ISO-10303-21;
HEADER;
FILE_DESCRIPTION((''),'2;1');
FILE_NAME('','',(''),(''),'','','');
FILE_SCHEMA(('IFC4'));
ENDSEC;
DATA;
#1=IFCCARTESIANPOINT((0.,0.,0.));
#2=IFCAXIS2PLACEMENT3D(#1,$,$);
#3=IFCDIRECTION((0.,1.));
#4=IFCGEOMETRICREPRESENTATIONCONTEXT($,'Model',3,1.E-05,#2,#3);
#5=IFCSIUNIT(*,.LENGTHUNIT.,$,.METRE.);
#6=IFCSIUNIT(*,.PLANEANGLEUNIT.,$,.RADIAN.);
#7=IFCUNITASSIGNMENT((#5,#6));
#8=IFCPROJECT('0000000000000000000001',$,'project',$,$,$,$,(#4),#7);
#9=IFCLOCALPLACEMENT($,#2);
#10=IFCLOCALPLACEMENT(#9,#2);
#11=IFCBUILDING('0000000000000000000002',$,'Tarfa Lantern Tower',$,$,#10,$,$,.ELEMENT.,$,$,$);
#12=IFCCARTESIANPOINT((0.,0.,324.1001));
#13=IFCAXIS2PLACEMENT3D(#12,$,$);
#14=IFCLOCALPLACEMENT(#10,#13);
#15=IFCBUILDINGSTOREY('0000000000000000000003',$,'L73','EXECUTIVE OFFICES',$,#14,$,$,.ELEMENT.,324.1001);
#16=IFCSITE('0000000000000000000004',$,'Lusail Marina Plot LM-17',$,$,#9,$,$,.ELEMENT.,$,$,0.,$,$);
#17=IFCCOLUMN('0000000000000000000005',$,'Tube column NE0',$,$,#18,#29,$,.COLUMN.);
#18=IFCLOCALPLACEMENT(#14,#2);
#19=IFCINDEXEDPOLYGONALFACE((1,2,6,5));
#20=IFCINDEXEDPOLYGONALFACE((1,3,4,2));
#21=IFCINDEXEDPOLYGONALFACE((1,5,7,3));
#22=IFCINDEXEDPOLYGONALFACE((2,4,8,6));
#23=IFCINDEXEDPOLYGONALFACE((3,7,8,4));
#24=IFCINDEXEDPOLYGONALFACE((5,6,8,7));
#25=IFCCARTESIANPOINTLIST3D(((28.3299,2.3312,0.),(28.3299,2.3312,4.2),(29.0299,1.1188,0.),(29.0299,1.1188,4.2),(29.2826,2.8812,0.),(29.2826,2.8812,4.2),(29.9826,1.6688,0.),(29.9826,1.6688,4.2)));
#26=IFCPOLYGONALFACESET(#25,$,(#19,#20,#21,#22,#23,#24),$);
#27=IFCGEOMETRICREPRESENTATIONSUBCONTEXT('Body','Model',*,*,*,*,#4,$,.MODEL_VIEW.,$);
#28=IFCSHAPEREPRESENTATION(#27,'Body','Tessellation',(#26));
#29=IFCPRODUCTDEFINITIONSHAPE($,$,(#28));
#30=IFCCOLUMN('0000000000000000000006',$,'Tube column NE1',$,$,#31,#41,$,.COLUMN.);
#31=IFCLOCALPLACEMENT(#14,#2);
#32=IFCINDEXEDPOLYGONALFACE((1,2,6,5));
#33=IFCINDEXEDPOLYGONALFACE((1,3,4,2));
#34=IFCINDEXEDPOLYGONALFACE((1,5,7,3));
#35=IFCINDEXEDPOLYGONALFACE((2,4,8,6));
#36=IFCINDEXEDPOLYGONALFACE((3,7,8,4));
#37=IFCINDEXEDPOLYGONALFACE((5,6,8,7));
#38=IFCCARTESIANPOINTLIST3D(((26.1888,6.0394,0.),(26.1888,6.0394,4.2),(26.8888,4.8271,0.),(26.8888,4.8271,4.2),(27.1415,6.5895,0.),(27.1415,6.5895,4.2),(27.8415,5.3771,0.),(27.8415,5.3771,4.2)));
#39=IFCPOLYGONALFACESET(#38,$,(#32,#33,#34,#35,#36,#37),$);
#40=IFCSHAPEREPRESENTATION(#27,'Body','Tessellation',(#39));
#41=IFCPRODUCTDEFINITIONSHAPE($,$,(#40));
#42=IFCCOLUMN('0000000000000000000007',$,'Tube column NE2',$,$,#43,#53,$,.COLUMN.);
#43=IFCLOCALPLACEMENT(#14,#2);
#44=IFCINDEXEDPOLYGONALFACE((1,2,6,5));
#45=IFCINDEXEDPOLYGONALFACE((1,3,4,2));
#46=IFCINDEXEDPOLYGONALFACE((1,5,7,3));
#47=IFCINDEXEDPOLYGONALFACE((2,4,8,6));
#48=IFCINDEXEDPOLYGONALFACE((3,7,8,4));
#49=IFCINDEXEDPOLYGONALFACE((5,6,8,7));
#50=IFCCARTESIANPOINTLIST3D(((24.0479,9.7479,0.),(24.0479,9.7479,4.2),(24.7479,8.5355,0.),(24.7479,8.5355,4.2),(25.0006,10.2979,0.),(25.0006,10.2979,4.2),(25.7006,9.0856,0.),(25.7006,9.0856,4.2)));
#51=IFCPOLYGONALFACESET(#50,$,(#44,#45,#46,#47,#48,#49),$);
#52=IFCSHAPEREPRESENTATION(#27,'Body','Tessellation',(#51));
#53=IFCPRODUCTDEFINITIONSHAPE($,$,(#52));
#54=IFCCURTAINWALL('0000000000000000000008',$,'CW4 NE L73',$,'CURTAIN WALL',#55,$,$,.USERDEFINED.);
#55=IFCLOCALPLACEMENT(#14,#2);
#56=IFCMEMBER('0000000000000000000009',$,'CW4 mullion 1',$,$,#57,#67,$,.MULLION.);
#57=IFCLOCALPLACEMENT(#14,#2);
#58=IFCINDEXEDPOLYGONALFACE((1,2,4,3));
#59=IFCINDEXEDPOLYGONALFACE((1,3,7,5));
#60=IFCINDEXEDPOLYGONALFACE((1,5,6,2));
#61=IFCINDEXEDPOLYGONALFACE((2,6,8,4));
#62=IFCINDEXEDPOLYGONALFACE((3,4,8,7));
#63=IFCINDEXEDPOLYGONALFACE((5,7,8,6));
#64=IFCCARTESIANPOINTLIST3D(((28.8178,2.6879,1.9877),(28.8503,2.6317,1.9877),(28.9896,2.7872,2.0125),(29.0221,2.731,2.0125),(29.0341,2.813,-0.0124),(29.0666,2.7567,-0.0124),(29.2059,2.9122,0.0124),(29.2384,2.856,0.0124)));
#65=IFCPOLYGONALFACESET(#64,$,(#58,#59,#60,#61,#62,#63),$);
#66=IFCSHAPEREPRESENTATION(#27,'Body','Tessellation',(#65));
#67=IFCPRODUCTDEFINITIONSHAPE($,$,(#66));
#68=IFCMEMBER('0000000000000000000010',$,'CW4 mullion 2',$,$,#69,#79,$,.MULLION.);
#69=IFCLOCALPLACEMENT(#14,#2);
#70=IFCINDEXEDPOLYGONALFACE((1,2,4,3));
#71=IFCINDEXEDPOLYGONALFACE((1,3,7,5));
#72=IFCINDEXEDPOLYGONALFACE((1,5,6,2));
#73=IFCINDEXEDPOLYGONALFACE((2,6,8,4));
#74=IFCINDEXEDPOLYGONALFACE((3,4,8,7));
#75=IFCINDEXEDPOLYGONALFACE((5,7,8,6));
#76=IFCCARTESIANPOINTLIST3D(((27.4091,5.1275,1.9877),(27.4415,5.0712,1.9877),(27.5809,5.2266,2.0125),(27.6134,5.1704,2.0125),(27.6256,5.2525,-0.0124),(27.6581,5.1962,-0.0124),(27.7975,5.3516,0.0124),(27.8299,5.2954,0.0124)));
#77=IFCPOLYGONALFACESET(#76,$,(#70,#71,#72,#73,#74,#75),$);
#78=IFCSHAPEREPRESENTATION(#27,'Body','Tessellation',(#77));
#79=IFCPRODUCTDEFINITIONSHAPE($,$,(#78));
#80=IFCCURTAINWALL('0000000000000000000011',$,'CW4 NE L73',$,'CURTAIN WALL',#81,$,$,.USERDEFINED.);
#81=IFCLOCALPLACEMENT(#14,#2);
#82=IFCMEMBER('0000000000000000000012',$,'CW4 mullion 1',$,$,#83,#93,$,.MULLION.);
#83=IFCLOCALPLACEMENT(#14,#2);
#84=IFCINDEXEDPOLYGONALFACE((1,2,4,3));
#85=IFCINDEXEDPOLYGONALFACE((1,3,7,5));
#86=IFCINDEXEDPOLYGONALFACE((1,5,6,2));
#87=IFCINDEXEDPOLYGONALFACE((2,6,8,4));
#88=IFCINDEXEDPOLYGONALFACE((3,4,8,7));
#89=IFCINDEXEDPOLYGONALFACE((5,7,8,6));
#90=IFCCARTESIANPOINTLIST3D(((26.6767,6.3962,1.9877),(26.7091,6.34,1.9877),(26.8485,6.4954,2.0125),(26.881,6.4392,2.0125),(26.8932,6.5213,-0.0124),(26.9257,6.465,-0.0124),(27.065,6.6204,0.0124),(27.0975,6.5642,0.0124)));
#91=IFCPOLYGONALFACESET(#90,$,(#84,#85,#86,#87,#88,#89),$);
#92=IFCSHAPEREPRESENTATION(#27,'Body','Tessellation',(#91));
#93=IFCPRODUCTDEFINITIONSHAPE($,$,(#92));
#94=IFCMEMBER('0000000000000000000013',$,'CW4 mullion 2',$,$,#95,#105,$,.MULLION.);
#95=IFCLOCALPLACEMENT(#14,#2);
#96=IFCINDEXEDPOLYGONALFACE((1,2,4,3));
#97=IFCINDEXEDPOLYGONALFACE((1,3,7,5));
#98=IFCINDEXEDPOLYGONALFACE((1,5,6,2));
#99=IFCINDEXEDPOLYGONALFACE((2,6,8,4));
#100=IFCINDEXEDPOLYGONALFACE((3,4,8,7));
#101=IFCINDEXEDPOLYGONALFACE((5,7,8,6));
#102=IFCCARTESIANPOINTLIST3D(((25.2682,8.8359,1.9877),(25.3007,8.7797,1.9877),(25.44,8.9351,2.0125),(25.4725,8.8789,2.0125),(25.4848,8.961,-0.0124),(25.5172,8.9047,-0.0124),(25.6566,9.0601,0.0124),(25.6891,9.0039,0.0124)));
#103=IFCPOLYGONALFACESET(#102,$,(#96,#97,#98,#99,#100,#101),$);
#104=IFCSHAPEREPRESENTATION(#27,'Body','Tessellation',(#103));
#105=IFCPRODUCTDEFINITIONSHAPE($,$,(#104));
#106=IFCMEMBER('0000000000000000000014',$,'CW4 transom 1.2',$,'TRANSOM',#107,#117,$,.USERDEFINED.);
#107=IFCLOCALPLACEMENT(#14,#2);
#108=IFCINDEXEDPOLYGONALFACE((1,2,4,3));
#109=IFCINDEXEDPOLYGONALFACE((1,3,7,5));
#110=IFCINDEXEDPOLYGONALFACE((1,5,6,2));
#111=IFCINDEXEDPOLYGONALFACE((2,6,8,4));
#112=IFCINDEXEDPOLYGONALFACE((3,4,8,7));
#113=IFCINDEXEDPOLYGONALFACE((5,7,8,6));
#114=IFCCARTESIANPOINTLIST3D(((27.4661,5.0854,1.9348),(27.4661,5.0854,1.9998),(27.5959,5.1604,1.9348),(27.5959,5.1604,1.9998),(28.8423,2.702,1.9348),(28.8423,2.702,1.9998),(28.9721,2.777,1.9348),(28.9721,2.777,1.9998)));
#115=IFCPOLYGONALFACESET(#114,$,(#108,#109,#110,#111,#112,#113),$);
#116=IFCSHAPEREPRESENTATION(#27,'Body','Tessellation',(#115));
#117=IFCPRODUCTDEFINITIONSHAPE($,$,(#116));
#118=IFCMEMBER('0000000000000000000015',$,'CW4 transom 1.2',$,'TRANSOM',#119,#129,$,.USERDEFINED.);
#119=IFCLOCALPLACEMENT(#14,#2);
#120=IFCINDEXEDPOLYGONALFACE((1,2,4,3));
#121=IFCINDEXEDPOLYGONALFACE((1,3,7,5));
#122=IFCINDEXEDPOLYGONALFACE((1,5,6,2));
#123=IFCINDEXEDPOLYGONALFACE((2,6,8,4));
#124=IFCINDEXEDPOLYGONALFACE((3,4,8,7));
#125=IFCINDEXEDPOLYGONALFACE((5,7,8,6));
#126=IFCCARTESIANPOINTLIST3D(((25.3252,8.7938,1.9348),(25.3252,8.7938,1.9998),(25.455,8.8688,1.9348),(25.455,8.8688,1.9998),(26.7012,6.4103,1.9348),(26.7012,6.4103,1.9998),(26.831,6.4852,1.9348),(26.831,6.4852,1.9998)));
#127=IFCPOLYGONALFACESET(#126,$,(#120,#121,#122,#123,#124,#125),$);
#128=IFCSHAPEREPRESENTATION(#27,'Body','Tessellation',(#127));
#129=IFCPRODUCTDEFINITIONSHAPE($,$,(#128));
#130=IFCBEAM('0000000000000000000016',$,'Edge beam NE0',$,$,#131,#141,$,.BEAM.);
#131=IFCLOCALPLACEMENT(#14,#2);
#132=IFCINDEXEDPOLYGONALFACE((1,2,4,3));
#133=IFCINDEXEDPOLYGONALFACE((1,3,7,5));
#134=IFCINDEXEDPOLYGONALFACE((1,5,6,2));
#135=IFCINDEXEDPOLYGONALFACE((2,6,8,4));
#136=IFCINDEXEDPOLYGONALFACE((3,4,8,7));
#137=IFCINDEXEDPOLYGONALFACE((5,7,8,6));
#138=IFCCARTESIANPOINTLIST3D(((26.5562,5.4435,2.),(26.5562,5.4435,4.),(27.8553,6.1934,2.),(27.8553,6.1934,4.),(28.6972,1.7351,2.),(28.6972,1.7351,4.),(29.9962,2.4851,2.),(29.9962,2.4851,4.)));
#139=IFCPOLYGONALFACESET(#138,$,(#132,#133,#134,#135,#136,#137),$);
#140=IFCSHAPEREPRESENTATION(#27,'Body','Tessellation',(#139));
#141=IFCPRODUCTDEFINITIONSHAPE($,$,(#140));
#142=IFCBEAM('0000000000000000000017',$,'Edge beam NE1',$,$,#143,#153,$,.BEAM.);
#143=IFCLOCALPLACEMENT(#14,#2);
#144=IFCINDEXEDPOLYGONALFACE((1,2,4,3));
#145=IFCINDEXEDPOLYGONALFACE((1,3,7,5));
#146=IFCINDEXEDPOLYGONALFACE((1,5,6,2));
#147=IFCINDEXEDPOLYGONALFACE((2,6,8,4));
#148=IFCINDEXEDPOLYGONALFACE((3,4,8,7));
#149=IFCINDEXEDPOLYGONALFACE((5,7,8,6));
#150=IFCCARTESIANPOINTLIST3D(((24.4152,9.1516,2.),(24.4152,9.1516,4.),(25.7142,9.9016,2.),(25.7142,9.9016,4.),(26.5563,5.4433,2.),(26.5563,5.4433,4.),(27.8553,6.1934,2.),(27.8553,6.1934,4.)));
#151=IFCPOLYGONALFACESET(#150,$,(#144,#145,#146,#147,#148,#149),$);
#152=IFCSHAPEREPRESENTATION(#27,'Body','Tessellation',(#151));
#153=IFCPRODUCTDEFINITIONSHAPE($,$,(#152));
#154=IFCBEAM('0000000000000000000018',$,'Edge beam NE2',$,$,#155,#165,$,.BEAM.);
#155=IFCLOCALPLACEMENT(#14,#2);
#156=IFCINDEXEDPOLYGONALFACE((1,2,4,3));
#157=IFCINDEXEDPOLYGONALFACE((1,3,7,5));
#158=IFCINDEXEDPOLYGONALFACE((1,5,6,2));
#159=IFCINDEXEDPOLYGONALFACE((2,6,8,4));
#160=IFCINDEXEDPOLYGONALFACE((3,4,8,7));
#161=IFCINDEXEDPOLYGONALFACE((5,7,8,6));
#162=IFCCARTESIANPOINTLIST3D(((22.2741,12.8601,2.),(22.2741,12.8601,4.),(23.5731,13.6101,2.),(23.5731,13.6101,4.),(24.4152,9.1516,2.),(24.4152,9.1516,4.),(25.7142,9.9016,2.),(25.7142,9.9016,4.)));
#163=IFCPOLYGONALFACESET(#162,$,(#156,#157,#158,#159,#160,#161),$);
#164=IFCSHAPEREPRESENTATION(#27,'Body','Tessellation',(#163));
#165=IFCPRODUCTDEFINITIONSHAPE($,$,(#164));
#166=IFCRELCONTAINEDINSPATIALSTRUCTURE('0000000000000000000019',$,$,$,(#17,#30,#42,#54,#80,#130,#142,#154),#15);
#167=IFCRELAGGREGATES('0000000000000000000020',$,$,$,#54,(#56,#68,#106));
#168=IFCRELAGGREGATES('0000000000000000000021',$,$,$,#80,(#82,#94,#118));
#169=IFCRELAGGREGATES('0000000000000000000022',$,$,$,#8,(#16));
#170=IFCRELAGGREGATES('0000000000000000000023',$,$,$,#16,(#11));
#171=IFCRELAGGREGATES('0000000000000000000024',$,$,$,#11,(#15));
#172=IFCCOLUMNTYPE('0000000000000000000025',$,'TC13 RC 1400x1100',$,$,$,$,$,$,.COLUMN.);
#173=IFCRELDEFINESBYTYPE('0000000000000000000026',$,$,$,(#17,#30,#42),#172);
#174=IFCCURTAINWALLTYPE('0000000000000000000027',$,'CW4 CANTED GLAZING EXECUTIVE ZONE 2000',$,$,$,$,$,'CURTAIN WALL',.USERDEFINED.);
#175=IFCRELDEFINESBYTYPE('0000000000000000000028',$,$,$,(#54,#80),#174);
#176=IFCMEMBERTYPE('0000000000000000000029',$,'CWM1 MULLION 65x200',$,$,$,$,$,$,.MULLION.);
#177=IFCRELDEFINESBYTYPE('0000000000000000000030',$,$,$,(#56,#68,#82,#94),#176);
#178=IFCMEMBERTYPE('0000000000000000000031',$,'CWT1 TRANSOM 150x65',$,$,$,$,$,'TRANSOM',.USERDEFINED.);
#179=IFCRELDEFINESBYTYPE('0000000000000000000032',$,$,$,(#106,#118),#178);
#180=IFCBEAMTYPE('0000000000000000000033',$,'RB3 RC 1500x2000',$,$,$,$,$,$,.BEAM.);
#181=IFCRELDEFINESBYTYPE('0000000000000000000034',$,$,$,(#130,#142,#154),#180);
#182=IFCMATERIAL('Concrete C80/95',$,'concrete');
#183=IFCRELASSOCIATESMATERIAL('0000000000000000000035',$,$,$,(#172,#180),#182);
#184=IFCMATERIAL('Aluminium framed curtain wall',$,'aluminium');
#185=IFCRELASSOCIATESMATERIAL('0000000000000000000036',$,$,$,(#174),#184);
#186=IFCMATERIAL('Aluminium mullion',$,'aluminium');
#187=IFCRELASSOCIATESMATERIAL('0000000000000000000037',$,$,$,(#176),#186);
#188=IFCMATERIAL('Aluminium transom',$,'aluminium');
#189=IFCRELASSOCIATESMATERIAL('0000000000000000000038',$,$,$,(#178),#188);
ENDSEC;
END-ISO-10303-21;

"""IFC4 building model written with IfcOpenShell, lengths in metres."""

from ifc_helpers import new_model, si_unit, direction, frame, origin, origin_2d, place, context, subcontext, project, spatial, rectangle, extrude, material, material_profile, profile_set, type_object, element, aggregate, save


model = new_model("IFC4")

# Units and contexts
model_context = context("Model", 3, precision=1e-05, world=origin(), true_north=direction((0.0, 1.0)))
body_context = subcontext(model_context, "Body", "Model", "MODEL_VIEW")
ifc_project = project(units=[si_unit("LENGTHUNIT", "METRE"), si_unit("PLANEANGLEUNIT", "RADIAN")], contexts=[model_context])

# Site, building, storey
site_placement = place(None, origin())
site = spatial("IfcSite", under=ifc_project, at=site_placement, Name="Lusail Marina Plot LM-17", CompositionType="ELEMENT", RefElevation=0.0)
building_placement = place(site_placement, origin())
building = spatial("IfcBuilding", under=site, at=building_placement, Name="Tarfa Lantern Tower", CompositionType="ELEMENT")
storey_placement = place(building_placement, frame((0.0, 0.0, 324.1001)))
storey = spatial("IfcBuildingStorey", under=building, at=storey_placement, Name="L73", Description="EXECUTIVE OFFICES", CompositionType="ELEMENT", Elevation=324.1001)

# Columns
ifc_material_1 = material(Name="Concrete C80/95", Category="concrete")
ifc_material_profile_1 = material_profile(ifc_material_1, rectangle(XDim=1.3999, YDim=1.1001, at=origin_2d()), Name="RC 1400x1100")
ifc_profile_set_1 = profile_set([ifc_material_profile_1], Name="Concrete C80/95")
column_type = type_object("IfcColumnType", Name="TC13 RC 1400x1100", PredefinedType="COLUMN", material=ifc_profile_set_1)
for number, where, z_axis, x_axis, name in (
    (1, (29.1562, 2.0, 0.0), (0.0, 0.0, 1.0), (-0.5, 0.866025, 0.0), "Tube column NE0"),
    (2, (27.0151, 5.7083, 0.0), (0.0, 0.0, 1.0), (-0.5, 0.866025, 0.0), "Tube column NE1"),
    (3, (24.8743, 9.4167, 0.0), (0.0, 0.0, 1.0), (-0.5, 0.866025, 0.0), "Tube column NE2"),
):
    element("IfcColumn", number, at=place(storey_placement, frame(where, z_axis=z_axis, x_axis=x_axis)), inside=storey, type_object=column_type, Name=name, PredefinedType="COLUMN", context=body_context, shape_type="SweptSolid", body=[
        extrude(rectangle(XDim=1.3999, YDim=1.1001, at=origin_2d()), origin(), (0.0, 0.0, 1.0), 4.2),
    ])

# Curtain walls, members
ifc_material_2 = material(Name="Aluminium framed curtain wall", Category="aluminium")
curtain_wall_type = type_object("IfcCurtainWallType", Name="CW4 CANTED GLAZING EXECUTIVE ZONE 2000", ElementType="CURTAIN WALL", PredefinedType="USERDEFINED", material=ifc_material_2)
curtain_wall_1_placement = place(storey_placement, origin())
curtain_wall_1 = element("IfcCurtainWall", 4, at=curtain_wall_1_placement, inside=storey, type_object=curtain_wall_type, Name="CW4 NE L73", ObjectType="CURTAIN WALL", PredefinedType="USERDEFINED")
ifc_material_3 = material(Name="Aluminium mullion", Category="aluminium")
ifc_material_profile_2 = material_profile(ifc_material_3, rectangle(XDim=0.0649, YDim=0.2, at=origin_2d()), Name="AL MULLION 65x200")
ifc_profile_set_2 = profile_set([ifc_material_profile_2], Name="Aluminium mullion")
member_type_1 = type_object("IfcMemberType", Name="CWM1 MULLION 65x200", PredefinedType="MULLION", material=ifc_profile_set_2)
member_1_placement = place(storey_placement, frame((29.1362, 2.8345, 0.0), z_axis=(-0.10732, -0.062018, 0.992288), x_axis=(0.500343, -0.865827, 0.0)))
member_1 = element("IfcMember", 5, at=member_1_placement, type_object=member_type_1, Name="CW4 mullion 1", PredefinedType="MULLION", context=body_context, shape_type="SweptSolid", body=[
    extrude(rectangle(XDim=0.0649, YDim=0.2, at=origin_2d()), origin(), (0.0, 0.0, 1.0), 2.0156),
])
member_2_placement = place(storey_placement, frame((27.7278, 5.2739, 0.0), z_axis=(-0.10744, -0.062017, 0.992275), x_axis=(0.49992, -0.866072, 0.0)))
member_2 = element("IfcMember", 6, at=member_2_placement, type_object=member_type_1, Name="CW4 mullion 2", PredefinedType="MULLION", context=body_context, shape_type="SweptSolid", body=[
    extrude(rectangle(XDim=0.0649, YDim=0.2, at=origin_2d()), origin(), (0.0, 0.0, 1.0), 2.0156),
])
curtain_wall_2_placement = place(storey_placement, origin())
curtain_wall_2 = element("IfcCurtainWall", 7, at=curtain_wall_2_placement, inside=storey, type_object=curtain_wall_type, Name="CW4 NE L73", ObjectType="CURTAIN WALL", PredefinedType="USERDEFINED")
member_3_placement = place(storey_placement, frame((26.9954, 6.5427, 0.0), z_axis=(-0.10744, -0.062017, 0.992275), x_axis=(0.49992, -0.866072, 0.0)))
member_3 = element("IfcMember", 8, at=member_3_placement, type_object=member_type_1, Name="CW4 mullion 1", PredefinedType="MULLION", context=body_context, shape_type="SweptSolid", body=[
    extrude(rectangle(XDim=0.0649, YDim=0.2, at=origin_2d()), origin(), (0.0, 0.0, 1.0), 2.0156),
])
member_4_placement = place(storey_placement, frame((25.5869, 8.9824, 0.0), z_axis=(-0.10744, -0.062017, 0.992275), x_axis=(0.49992, -0.866072, 0.0)))
member_4 = element("IfcMember", 9, at=member_4_placement, type_object=member_type_1, Name="CW4 mullion 2", PredefinedType="MULLION", context=body_context, shape_type="SweptSolid", body=[
    extrude(rectangle(XDim=0.0649, YDim=0.2, at=origin_2d()), origin(), (0.0, 0.0, 1.0), 2.0156),
])

# Members
ifc_material_4 = material(Name="Aluminium transom", Category="aluminium")
ifc_material_profile_3 = material_profile(ifc_material_4, rectangle(XDim=0.1499, YDim=0.0649, at=origin_2d()), Name="AL TRANSOM 150x65")
ifc_profile_set_3 = profile_set([ifc_material_profile_3], Name="Aluminium transom")
member_type_2 = type_object("IfcMemberType", Name="CWT1 TRANSOM 150x65", ElementType="TRANSOM", PredefinedType="USERDEFINED", material=ifc_profile_set_3)
member_5_placement = place(storey_placement, frame((28.9072, 2.7395, 1.9673), z_axis=(-0.50006, 0.865991, 0.0), x_axis=(-0.865991, -0.50006, 0.0)))
member_5 = element("IfcMember", 10, at=member_5_placement, type_object=member_type_2, Name="CW4 transom 1.2", ObjectType="TRANSOM", PredefinedType="USERDEFINED", context=body_context, shape_type="SweptSolid", body=[
    extrude(rectangle(XDim=0.1499, YDim=0.0649, at=origin_2d()), origin(), (0.0, 0.0, 1.0), 2.7522),
])
member_6_placement = place(storey_placement, frame((26.7661, 6.4478, 1.9673), z_axis=(-0.499955, 0.866051, 0.0), x_axis=(-0.866051, -0.499955, 0.0)))
member_6 = element("IfcMember", 11, at=member_6_placement, type_object=member_type_2, Name="CW4 transom 1.2", ObjectType="TRANSOM", PredefinedType="USERDEFINED", context=body_context, shape_type="SweptSolid", body=[
    extrude(rectangle(XDim=0.1499, YDim=0.0649, at=origin_2d()), origin(), (0.0, 0.0, 1.0), 2.7522),
])

# Beams
ifc_material_profile_4 = material_profile(ifc_material_1, rectangle(XDim=1.5, YDim=2.0, at=origin_2d()), Name="RC 1500x2000")
ifc_profile_set_4 = profile_set([ifc_material_profile_4], Name="Concrete C80/95")
beam_type_1 = type_object("IfcBeamType", Name="RB3 RC 1500x2000", PredefinedType="BEAM", material=ifc_profile_set_4)
for number, where, z_axis, x_axis, name in (
    (12, (29.3467, 2.1101, 3.0), (-0.499984, 0.866035, 0.0), (-0.866035, -0.499984, 0.0), "Edge beam NE0"),
    (13, (27.2058, 5.8184, 3.0), (-0.500027, 0.86601, 0.0), (-0.86601, -0.500027, 0.0), "Edge beam NE1"),
):
    element("IfcBeam", number, at=place(storey_placement, frame(where, z_axis=z_axis, x_axis=x_axis)), inside=storey, type_object=beam_type_1, Name=name, PredefinedType="BEAM", context=body_context, shape_type="SweptSolid", body=[
        extrude(rectangle(XDim=1.5, YDim=2.0, at=origin_2d()), origin(), (0.0, 0.0, 1.0), 4.282),
    ])
beam_1_placement = place(storey_placement, frame((25.0647, 9.5266, 3.0), z_axis=(-0.500002, 0.866024, 0.0), x_axis=(-0.866024, -0.500002, 0.0)))
element("IfcBeam", 14, at=beam_1_placement, inside=storey, type_object=beam_type_1, Name="Edge beam NE2", PredefinedType="BEAM", context=body_context, shape_type="SweptSolid", body=[
    extrude(rectangle(XDim=1.5, YDim=2.0, at=origin_2d()), origin(), (0.0, 0.0, 1.0), 4.2822),
])

aggregate(curtain_wall_1, [member_1, member_2, member_5])
aggregate(curtain_wall_2, [member_3, member_4, member_6])

save(model, "model.ifc")
